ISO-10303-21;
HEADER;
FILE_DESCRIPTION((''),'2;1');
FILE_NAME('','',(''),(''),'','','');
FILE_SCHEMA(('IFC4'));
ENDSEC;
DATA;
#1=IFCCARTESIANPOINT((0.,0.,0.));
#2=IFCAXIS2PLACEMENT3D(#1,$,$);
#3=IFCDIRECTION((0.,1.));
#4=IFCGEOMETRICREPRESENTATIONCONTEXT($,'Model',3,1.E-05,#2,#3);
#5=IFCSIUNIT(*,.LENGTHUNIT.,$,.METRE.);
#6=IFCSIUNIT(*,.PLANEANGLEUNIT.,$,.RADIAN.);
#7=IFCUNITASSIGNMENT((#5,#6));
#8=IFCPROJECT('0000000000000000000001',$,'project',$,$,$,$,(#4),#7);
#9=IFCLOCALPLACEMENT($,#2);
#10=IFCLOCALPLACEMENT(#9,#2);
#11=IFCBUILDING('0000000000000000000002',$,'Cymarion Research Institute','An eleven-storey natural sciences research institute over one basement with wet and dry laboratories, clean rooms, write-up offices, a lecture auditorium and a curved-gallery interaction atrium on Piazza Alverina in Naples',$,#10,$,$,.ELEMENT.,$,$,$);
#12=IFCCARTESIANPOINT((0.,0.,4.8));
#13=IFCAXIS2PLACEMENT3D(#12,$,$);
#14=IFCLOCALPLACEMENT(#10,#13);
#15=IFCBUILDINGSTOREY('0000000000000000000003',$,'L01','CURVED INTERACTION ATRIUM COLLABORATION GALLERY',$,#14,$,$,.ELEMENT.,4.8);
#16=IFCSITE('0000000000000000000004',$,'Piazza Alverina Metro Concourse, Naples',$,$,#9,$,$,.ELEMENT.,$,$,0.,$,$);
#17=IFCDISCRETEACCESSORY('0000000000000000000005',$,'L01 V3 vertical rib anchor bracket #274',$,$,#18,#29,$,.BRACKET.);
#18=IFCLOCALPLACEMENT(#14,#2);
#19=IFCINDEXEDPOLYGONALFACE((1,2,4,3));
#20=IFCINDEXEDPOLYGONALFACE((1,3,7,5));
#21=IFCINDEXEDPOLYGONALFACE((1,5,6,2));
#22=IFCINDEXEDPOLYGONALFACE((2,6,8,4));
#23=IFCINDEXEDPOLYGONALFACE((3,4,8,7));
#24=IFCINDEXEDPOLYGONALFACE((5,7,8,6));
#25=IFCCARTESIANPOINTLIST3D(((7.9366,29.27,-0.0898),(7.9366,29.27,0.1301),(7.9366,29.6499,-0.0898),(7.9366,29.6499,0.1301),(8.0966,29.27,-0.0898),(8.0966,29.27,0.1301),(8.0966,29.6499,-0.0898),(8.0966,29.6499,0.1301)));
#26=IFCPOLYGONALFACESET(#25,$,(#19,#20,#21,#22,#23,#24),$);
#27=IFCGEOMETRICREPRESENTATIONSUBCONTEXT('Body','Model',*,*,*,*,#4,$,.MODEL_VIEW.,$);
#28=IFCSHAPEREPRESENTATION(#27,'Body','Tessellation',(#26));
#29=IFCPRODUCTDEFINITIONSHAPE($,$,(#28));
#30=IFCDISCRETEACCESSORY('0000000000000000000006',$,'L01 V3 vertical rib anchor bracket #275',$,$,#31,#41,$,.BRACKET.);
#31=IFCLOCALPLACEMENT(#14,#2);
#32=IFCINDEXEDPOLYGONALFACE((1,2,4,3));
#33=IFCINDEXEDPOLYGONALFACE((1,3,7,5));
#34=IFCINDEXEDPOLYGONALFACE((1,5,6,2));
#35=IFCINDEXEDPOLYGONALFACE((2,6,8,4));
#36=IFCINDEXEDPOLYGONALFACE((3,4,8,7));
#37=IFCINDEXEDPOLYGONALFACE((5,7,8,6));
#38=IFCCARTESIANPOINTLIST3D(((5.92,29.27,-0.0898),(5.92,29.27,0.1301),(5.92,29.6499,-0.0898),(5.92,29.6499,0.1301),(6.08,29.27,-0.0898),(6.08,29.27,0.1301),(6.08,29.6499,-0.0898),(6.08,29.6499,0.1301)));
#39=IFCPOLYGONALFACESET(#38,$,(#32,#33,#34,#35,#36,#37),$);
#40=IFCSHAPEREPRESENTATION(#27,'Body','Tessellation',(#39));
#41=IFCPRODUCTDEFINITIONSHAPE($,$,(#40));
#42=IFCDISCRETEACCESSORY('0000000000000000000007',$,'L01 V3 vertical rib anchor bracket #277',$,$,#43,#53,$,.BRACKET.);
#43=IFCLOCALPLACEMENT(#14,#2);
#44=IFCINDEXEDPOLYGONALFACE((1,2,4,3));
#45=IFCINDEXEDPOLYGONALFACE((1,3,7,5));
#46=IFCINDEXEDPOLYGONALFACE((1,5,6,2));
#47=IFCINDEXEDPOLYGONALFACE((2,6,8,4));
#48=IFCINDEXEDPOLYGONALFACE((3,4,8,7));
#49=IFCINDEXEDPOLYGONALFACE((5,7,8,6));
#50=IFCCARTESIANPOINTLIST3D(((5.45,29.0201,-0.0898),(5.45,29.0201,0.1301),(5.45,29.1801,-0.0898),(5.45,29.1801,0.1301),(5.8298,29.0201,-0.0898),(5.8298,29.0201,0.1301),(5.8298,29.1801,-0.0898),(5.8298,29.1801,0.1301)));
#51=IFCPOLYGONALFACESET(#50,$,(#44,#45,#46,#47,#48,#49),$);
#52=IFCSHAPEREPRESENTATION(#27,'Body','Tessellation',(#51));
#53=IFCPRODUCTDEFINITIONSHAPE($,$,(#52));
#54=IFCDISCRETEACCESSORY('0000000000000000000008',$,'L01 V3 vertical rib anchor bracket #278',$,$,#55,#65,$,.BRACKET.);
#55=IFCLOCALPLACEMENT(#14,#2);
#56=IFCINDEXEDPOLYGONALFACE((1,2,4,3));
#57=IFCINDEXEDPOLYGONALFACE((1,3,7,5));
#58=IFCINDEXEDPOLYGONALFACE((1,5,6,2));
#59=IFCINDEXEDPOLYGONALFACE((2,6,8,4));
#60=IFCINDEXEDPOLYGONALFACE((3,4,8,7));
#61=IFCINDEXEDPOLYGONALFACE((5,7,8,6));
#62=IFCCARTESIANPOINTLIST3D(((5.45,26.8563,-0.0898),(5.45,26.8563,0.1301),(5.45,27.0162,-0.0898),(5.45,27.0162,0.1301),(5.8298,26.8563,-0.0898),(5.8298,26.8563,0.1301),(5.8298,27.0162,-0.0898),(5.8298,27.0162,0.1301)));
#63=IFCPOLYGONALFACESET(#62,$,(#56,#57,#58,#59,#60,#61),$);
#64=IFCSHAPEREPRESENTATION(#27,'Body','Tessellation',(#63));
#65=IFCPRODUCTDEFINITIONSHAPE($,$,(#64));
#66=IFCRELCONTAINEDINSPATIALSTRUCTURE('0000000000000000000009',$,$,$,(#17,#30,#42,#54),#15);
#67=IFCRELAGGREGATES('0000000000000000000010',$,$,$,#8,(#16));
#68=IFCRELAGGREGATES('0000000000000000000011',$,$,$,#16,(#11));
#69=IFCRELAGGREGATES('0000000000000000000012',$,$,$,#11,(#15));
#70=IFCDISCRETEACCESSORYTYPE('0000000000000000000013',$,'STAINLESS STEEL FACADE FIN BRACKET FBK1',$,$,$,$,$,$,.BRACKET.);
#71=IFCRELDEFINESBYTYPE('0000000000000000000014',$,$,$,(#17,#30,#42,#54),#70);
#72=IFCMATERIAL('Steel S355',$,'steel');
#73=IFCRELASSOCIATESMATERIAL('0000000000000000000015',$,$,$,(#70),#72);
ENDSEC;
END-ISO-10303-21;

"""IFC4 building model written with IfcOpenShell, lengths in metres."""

from ifc_helpers import new_model, si_unit, direction, frame, origin, origin_2d, place, context, subcontext, project, spatial, rectangle, extrude, material, type_object, element, save


model = new_model("IFC4")

# Units and contexts
model_context = context("Model", 3, precision=1e-05, world=origin(), true_north=direction((0.0, 1.0)))
body_context = subcontext(model_context, "Body", "Model", "MODEL_VIEW")
ifc_project = project(units=[si_unit("LENGTHUNIT", "METRE"), si_unit("PLANEANGLEUNIT", "RADIAN")], contexts=[model_context])

# Site, building, storey
site_placement = place(None, origin())
site = spatial("IfcSite", under=ifc_project, at=site_placement, Name="Piazza Alverina Metro Concourse, Naples", CompositionType="ELEMENT", RefElevation=0.0)
building_placement = place(site_placement, origin())
building = spatial("IfcBuilding", under=site, at=building_placement, Name="Cymarion Research Institute", Description="An eleven-storey natural sciences research institute over one basement with wet and dry laboratories, clean rooms, write-up offices, a lecture auditorium and a curved-gallery interaction atrium on Piazza Alverina in Naples", CompositionType="ELEMENT")
storey_placement = place(building_placement, frame((0.0, 0.0, 4.8)))
storey = spatial("IfcBuildingStorey", under=building, at=storey_placement, Name="L01", Description="CURVED INTERACTION ATRIUM COLLABORATION GALLERY", CompositionType="ELEMENT", Elevation=4.8)

# Shared definitions
ifc_material_1 = material(Name="Steel S355", Category="steel")

# Discrete accessories
discrete_accessory_type = type_object("IfcDiscreteAccessoryType", Name="STAINLESS STEEL FACADE FIN BRACKET FBK1", PredefinedType="BRACKET", material=ifc_material_1)
for number, where, z_axis, x_axis, name in (
    (1, (8.0166, 29.46, -0.0898), (0.0, 0.0, 1.0), (0.0, 1.0, 0.0), "L01 V3 vertical rib anchor bracket #274"),
    (2, (6.0, 29.46, -0.0898), (0.0, 0.0, 1.0), (0.0, 1.0, 0.0), "L01 V3 vertical rib anchor bracket #275"),
    (3, (5.6399, 29.1001, -0.0898), (0.0, 0.0, 1.0), (-1.0, 0.0, 0.0), "L01 V3 vertical rib anchor bracket #277"),
    (4, (5.6399, 26.9363, -0.0898), (0.0, 0.0, 1.0), (-1.0, 0.0, 0.0), "L01 V3 vertical rib anchor bracket #278"),
):
    element("IfcDiscreteAccessory", number, at=place(storey_placement, frame(where, z_axis=z_axis, x_axis=x_axis)), inside=storey, type_object=discrete_accessory_type, Name=name, PredefinedType="BRACKET", context=body_context, shape_type="SweptSolid", body=[
        extrude(rectangle(XDim=0.3799, YDim=0.1599, at=origin_2d()), origin(), (0.0, 0.0, 1.0), 0.22),
    ])

save(model, "model.ifc")
